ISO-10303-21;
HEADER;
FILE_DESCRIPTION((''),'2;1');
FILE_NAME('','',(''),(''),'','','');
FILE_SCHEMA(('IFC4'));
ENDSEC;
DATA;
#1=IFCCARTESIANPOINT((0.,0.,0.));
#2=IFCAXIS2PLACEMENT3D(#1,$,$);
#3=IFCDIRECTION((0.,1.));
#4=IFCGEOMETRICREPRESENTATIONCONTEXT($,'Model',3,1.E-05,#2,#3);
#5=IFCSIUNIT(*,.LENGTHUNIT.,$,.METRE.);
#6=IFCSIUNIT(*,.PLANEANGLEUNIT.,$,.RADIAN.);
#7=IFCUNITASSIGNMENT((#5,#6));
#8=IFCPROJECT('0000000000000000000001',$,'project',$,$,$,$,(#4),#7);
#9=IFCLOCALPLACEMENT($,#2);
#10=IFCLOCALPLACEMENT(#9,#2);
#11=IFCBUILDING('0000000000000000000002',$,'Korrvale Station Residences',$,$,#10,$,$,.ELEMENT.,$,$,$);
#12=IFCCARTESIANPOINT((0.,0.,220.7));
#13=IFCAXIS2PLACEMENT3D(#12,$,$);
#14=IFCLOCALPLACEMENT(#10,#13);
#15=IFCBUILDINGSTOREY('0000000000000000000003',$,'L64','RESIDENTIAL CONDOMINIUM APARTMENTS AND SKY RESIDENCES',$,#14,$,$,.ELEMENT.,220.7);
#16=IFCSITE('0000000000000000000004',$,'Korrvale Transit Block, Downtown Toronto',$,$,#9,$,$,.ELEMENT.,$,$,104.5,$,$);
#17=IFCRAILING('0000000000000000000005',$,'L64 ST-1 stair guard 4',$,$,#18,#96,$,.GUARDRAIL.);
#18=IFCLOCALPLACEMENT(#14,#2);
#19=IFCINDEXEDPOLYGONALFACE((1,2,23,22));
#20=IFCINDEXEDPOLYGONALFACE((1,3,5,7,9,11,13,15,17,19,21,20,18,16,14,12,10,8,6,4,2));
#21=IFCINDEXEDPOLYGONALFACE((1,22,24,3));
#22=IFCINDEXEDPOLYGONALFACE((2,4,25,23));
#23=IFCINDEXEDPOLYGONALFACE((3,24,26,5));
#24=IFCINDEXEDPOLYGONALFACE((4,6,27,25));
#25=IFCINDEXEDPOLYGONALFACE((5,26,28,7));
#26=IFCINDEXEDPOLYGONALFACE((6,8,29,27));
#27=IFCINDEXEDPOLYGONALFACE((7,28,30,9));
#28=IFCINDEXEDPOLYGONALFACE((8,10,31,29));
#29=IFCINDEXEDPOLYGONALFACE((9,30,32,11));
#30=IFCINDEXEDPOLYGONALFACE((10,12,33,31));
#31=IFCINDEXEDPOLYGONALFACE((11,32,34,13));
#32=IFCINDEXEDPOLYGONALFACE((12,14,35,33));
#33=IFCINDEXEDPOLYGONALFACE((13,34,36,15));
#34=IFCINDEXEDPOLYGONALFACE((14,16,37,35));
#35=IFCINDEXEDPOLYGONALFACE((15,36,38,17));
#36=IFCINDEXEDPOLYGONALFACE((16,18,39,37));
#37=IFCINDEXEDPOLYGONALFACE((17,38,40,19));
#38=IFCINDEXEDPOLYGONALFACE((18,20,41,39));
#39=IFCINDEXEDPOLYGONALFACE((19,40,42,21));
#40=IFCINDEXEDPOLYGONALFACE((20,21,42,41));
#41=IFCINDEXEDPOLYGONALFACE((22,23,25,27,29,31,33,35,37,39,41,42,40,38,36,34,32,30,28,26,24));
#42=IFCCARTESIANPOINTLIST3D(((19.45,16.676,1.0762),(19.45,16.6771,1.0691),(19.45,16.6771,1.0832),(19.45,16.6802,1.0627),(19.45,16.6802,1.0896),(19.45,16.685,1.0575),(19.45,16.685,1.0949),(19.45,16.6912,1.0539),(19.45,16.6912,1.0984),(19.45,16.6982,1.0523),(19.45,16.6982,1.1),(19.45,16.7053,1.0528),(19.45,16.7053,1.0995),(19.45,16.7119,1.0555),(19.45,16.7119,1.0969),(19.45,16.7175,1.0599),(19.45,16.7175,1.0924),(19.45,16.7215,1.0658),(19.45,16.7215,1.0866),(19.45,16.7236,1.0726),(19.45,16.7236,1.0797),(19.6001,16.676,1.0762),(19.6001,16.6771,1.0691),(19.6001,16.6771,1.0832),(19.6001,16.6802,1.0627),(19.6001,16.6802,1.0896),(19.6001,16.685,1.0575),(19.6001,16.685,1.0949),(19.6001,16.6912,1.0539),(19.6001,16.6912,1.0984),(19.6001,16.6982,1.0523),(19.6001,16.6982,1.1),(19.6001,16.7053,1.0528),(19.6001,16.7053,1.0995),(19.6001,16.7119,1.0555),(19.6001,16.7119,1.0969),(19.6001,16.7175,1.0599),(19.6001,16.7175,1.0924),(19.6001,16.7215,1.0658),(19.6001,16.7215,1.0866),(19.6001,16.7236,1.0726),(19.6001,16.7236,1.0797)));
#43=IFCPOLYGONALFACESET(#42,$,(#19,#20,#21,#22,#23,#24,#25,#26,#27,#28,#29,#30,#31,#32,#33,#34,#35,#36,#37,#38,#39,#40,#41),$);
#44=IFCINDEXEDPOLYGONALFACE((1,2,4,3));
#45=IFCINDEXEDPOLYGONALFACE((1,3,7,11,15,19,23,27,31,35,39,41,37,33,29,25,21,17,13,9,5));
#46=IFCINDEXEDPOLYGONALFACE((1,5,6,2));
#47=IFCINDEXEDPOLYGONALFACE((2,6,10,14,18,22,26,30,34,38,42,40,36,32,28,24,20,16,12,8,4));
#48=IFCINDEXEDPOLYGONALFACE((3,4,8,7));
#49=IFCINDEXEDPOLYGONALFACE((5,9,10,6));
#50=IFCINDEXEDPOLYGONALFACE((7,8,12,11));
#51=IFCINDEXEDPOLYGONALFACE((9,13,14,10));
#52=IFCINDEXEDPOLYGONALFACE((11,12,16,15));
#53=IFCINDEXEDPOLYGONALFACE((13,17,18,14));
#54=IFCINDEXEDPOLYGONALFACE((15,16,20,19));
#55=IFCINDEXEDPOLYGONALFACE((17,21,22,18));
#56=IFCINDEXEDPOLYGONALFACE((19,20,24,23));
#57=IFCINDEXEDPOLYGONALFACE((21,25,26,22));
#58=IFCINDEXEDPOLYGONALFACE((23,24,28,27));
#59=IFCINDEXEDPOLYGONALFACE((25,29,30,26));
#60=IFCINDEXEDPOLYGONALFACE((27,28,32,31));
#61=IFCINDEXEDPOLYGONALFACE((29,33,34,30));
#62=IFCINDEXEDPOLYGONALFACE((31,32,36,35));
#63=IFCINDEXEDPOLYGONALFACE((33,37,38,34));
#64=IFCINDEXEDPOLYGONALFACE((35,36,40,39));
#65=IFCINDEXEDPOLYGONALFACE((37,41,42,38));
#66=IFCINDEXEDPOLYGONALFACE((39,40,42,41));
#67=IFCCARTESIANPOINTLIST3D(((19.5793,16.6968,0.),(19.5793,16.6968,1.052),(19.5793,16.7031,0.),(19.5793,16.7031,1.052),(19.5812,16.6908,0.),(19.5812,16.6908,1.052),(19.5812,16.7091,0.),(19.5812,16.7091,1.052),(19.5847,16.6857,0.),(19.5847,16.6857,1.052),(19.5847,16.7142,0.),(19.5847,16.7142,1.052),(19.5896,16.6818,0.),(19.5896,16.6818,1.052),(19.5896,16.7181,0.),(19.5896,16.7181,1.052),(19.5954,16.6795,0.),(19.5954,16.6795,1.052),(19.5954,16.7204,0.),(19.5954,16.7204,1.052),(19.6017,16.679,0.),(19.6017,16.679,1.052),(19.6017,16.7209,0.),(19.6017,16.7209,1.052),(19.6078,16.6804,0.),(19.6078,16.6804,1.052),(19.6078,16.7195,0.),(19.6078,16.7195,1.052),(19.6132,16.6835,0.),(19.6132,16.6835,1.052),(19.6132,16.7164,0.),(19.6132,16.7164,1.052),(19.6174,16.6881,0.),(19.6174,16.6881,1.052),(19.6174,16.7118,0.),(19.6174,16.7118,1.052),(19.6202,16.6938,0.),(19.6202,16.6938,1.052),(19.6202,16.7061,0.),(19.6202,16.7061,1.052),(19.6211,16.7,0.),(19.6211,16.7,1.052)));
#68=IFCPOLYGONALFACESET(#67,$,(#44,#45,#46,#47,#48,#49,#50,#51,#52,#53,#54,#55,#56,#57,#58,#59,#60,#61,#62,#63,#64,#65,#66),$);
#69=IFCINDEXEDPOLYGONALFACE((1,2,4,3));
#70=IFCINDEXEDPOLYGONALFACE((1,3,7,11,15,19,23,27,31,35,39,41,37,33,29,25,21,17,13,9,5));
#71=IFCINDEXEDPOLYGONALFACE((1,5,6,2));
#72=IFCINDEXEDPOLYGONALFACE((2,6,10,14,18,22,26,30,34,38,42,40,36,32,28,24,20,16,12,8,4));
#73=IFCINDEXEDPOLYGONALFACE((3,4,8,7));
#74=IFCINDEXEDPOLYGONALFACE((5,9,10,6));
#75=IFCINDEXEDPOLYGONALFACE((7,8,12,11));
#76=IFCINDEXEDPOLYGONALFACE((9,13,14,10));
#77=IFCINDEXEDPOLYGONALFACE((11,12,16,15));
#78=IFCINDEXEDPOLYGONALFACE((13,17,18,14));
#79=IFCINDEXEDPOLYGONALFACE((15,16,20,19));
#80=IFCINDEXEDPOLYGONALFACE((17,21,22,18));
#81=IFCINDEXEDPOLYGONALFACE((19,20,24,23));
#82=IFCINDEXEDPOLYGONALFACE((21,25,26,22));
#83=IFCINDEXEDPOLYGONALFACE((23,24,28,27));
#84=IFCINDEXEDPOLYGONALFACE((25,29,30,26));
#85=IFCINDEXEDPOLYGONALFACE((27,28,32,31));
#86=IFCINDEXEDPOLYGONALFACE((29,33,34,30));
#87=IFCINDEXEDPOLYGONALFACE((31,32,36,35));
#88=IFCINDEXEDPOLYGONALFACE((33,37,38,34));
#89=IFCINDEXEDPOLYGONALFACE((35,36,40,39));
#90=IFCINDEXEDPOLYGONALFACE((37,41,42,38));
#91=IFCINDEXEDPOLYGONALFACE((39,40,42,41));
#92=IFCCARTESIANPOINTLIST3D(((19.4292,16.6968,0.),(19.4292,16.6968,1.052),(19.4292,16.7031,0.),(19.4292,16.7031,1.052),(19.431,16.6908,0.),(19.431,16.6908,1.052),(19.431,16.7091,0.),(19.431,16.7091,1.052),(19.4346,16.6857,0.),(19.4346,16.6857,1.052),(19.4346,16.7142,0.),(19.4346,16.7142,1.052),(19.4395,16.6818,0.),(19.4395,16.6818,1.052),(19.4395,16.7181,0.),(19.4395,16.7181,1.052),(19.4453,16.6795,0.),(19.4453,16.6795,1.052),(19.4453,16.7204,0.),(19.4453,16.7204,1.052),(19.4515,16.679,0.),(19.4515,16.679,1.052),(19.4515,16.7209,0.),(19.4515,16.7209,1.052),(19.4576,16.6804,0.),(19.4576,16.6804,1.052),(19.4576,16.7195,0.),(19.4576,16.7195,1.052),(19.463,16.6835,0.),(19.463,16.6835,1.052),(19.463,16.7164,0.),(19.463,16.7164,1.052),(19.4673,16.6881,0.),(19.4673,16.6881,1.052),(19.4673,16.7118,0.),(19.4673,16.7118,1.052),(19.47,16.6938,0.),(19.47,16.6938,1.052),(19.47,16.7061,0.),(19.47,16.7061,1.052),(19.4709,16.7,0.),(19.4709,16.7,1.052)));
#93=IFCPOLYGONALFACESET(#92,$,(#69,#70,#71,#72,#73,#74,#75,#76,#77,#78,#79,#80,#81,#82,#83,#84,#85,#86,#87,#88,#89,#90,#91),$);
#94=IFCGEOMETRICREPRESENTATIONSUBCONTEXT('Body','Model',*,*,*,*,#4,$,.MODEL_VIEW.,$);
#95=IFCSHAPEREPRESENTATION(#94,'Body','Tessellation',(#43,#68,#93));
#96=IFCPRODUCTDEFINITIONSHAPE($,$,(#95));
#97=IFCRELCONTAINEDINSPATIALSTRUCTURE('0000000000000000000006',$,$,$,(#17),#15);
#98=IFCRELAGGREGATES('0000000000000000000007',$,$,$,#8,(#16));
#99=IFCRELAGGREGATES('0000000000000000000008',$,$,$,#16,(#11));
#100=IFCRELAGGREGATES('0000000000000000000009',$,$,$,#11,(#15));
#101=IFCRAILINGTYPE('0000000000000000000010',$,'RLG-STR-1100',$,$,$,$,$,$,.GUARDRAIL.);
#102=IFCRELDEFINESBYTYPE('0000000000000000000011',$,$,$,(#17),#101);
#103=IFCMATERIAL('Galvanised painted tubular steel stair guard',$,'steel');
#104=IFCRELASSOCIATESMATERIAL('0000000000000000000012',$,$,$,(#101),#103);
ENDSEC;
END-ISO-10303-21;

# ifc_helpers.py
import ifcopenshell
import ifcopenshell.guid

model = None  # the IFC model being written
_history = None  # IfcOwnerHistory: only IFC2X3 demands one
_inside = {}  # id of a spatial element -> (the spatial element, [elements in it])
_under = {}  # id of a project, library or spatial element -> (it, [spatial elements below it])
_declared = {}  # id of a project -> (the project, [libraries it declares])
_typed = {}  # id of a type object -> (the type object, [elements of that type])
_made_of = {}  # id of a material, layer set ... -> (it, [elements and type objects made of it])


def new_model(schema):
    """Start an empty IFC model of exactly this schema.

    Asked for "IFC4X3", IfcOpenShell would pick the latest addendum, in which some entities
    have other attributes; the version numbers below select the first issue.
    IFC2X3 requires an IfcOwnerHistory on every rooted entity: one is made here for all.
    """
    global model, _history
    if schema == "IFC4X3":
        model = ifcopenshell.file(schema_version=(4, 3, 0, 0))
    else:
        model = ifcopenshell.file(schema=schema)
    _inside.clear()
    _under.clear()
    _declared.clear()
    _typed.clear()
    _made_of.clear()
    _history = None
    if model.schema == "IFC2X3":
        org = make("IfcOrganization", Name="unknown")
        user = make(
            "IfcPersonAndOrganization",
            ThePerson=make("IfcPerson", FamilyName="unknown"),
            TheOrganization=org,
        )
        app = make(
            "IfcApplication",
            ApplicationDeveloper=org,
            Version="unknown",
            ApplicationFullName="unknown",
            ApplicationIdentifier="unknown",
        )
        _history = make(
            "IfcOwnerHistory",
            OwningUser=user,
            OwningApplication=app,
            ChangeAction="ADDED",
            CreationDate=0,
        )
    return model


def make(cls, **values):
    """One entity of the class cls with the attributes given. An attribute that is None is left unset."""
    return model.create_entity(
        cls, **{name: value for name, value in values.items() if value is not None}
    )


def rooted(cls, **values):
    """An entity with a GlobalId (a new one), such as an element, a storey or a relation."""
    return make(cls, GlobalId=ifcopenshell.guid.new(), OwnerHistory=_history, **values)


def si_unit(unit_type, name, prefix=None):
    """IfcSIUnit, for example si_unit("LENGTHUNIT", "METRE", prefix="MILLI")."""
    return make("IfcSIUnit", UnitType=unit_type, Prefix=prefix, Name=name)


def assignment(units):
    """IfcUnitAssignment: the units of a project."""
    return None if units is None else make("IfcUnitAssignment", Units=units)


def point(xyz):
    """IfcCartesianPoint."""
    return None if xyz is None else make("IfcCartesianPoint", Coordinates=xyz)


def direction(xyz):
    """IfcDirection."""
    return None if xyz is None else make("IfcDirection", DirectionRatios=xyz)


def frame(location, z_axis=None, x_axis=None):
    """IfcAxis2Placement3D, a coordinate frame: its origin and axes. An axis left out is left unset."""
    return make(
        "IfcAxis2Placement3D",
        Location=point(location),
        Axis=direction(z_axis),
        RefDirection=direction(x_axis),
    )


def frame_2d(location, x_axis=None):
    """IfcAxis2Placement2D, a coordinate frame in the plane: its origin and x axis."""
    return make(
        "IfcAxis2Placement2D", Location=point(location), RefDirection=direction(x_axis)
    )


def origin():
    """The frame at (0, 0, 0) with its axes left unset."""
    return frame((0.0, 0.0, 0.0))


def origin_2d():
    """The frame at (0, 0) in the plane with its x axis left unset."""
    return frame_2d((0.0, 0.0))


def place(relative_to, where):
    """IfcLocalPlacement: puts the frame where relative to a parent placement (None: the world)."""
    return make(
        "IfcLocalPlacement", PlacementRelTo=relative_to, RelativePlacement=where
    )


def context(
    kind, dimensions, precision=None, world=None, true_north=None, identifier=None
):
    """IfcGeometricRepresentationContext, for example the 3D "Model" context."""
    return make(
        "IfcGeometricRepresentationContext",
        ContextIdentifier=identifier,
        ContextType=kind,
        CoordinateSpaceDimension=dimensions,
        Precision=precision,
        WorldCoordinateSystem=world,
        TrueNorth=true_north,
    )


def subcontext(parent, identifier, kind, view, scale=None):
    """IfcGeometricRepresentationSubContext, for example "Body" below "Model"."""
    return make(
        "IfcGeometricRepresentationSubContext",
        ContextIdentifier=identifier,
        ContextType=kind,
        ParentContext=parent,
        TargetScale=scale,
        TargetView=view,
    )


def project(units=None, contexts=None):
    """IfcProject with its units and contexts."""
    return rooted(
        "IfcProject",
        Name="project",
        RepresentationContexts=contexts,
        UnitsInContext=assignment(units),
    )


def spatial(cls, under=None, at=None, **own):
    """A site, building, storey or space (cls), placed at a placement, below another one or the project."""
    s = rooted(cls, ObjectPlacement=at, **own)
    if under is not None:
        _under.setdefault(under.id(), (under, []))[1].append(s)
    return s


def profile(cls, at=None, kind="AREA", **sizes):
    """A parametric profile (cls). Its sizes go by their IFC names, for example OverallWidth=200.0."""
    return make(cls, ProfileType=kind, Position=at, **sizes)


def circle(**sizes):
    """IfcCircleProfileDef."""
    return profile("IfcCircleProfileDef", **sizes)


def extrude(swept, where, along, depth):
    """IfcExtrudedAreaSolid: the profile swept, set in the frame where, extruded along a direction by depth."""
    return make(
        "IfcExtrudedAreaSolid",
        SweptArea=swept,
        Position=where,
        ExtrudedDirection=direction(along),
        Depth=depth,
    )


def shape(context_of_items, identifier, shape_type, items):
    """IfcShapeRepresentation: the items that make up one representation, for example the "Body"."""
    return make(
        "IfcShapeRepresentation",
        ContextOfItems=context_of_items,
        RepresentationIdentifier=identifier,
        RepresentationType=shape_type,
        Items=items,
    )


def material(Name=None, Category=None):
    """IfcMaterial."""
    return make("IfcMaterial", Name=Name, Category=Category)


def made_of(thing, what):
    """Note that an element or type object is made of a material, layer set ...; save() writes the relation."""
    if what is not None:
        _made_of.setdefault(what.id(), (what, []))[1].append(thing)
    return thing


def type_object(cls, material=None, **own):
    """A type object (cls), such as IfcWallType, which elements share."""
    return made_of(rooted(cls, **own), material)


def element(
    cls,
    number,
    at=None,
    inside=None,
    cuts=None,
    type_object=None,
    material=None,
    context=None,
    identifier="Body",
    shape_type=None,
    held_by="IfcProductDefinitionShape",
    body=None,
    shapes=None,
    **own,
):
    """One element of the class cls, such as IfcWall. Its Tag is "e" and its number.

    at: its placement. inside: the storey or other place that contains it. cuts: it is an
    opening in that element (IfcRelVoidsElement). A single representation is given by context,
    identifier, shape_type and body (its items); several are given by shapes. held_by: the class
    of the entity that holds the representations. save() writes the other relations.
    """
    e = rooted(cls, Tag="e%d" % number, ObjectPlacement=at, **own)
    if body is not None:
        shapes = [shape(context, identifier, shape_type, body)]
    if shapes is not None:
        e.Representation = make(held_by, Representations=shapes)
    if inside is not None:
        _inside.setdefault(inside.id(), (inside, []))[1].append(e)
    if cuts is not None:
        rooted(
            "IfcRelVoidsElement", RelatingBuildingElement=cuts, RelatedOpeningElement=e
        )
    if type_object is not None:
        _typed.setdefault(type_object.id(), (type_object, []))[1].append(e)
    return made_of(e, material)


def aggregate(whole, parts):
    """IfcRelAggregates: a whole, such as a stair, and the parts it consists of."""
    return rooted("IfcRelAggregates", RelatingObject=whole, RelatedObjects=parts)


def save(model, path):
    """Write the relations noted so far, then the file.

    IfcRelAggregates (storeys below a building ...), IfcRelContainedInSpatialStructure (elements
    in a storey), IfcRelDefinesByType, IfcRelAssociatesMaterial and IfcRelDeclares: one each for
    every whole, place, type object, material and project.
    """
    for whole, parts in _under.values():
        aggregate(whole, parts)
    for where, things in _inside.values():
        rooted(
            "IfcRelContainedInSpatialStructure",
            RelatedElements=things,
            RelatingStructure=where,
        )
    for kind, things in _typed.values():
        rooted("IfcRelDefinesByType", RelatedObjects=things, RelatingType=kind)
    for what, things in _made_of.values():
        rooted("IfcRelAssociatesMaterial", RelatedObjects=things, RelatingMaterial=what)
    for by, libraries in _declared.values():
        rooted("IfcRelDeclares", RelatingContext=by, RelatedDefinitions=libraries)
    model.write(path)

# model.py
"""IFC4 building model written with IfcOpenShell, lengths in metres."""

from ifc_helpers import new_model, si_unit, direction, frame, origin, origin_2d, place, context, subcontext, project, spatial, circle, extrude, material, type_object, element, save


model = new_model("IFC4")

# Units and contexts
model_context = context("Model", 3, precision=1e-05, world=origin(), true_north=direction((0.0, 1.0)))
body_context = subcontext(model_context, "Body", "Model", "MODEL_VIEW")
ifc_project = project(units=[si_unit("LENGTHUNIT", "METRE"), si_unit("PLANEANGLEUNIT", "RADIAN")], contexts=[model_context])

# Site, building, storey
site_placement = place(None, origin())
site = spatial("IfcSite", under=ifc_project, at=site_placement, Name="Korrvale Transit Block, Downtown Toronto", CompositionType="ELEMENT", RefElevation=104.5)
building_placement = place(site_placement, origin())
building = spatial("IfcBuilding", under=site, at=building_placement, Name="Korrvale Station Residences", CompositionType="ELEMENT")
storey_placement = place(building_placement, frame((0.0, 0.0, 220.7)))
storey = spatial("IfcBuildingStorey", under=building, at=storey_placement, Name="L64", Description="RESIDENTIAL CONDOMINIUM APARTMENTS AND SKY RESIDENCES", CompositionType="ELEMENT", Elevation=220.7)

# Railing
ifc_material_1 = material(Name="Galvanised painted tubular steel stair guard", Category="steel")
railing_type_1 = type_object("IfcRailingType", Name="RLG-STR-1100", PredefinedType="GUARDRAIL", material=ifc_material_1)
railing_1_placement = place(storey_placement, frame((19.6001, 16.7, 0.0)))
element("IfcRailing", 1, at=railing_1_placement, inside=storey, type_object=railing_type_1, Name="L64 ST-1 stair guard 4", PredefinedType="GUARDRAIL", context=body_context, shape_type="SweptSolid", body=[
    extrude(circle(Radius=0.0239, at=origin_2d()), frame((0.0, 0.0, 1.0762), z_axis=(-1.0, 0.0, 0.0), x_axis=(0.0, -1.0, 0.0)), (0.0, 0.0, 1.0), 0.1501),
    extrude(circle(Radius=0.021, at=origin_2d()), origin(), (0.0, 0.0, 1.0), 1.052),
    extrude(circle(Radius=0.021, at=origin_2d()), frame((-0.1501, 0.0, 0.0)), (0.0, 0.0, 1.0), 1.052),
])

save(model, "model.ifc")
